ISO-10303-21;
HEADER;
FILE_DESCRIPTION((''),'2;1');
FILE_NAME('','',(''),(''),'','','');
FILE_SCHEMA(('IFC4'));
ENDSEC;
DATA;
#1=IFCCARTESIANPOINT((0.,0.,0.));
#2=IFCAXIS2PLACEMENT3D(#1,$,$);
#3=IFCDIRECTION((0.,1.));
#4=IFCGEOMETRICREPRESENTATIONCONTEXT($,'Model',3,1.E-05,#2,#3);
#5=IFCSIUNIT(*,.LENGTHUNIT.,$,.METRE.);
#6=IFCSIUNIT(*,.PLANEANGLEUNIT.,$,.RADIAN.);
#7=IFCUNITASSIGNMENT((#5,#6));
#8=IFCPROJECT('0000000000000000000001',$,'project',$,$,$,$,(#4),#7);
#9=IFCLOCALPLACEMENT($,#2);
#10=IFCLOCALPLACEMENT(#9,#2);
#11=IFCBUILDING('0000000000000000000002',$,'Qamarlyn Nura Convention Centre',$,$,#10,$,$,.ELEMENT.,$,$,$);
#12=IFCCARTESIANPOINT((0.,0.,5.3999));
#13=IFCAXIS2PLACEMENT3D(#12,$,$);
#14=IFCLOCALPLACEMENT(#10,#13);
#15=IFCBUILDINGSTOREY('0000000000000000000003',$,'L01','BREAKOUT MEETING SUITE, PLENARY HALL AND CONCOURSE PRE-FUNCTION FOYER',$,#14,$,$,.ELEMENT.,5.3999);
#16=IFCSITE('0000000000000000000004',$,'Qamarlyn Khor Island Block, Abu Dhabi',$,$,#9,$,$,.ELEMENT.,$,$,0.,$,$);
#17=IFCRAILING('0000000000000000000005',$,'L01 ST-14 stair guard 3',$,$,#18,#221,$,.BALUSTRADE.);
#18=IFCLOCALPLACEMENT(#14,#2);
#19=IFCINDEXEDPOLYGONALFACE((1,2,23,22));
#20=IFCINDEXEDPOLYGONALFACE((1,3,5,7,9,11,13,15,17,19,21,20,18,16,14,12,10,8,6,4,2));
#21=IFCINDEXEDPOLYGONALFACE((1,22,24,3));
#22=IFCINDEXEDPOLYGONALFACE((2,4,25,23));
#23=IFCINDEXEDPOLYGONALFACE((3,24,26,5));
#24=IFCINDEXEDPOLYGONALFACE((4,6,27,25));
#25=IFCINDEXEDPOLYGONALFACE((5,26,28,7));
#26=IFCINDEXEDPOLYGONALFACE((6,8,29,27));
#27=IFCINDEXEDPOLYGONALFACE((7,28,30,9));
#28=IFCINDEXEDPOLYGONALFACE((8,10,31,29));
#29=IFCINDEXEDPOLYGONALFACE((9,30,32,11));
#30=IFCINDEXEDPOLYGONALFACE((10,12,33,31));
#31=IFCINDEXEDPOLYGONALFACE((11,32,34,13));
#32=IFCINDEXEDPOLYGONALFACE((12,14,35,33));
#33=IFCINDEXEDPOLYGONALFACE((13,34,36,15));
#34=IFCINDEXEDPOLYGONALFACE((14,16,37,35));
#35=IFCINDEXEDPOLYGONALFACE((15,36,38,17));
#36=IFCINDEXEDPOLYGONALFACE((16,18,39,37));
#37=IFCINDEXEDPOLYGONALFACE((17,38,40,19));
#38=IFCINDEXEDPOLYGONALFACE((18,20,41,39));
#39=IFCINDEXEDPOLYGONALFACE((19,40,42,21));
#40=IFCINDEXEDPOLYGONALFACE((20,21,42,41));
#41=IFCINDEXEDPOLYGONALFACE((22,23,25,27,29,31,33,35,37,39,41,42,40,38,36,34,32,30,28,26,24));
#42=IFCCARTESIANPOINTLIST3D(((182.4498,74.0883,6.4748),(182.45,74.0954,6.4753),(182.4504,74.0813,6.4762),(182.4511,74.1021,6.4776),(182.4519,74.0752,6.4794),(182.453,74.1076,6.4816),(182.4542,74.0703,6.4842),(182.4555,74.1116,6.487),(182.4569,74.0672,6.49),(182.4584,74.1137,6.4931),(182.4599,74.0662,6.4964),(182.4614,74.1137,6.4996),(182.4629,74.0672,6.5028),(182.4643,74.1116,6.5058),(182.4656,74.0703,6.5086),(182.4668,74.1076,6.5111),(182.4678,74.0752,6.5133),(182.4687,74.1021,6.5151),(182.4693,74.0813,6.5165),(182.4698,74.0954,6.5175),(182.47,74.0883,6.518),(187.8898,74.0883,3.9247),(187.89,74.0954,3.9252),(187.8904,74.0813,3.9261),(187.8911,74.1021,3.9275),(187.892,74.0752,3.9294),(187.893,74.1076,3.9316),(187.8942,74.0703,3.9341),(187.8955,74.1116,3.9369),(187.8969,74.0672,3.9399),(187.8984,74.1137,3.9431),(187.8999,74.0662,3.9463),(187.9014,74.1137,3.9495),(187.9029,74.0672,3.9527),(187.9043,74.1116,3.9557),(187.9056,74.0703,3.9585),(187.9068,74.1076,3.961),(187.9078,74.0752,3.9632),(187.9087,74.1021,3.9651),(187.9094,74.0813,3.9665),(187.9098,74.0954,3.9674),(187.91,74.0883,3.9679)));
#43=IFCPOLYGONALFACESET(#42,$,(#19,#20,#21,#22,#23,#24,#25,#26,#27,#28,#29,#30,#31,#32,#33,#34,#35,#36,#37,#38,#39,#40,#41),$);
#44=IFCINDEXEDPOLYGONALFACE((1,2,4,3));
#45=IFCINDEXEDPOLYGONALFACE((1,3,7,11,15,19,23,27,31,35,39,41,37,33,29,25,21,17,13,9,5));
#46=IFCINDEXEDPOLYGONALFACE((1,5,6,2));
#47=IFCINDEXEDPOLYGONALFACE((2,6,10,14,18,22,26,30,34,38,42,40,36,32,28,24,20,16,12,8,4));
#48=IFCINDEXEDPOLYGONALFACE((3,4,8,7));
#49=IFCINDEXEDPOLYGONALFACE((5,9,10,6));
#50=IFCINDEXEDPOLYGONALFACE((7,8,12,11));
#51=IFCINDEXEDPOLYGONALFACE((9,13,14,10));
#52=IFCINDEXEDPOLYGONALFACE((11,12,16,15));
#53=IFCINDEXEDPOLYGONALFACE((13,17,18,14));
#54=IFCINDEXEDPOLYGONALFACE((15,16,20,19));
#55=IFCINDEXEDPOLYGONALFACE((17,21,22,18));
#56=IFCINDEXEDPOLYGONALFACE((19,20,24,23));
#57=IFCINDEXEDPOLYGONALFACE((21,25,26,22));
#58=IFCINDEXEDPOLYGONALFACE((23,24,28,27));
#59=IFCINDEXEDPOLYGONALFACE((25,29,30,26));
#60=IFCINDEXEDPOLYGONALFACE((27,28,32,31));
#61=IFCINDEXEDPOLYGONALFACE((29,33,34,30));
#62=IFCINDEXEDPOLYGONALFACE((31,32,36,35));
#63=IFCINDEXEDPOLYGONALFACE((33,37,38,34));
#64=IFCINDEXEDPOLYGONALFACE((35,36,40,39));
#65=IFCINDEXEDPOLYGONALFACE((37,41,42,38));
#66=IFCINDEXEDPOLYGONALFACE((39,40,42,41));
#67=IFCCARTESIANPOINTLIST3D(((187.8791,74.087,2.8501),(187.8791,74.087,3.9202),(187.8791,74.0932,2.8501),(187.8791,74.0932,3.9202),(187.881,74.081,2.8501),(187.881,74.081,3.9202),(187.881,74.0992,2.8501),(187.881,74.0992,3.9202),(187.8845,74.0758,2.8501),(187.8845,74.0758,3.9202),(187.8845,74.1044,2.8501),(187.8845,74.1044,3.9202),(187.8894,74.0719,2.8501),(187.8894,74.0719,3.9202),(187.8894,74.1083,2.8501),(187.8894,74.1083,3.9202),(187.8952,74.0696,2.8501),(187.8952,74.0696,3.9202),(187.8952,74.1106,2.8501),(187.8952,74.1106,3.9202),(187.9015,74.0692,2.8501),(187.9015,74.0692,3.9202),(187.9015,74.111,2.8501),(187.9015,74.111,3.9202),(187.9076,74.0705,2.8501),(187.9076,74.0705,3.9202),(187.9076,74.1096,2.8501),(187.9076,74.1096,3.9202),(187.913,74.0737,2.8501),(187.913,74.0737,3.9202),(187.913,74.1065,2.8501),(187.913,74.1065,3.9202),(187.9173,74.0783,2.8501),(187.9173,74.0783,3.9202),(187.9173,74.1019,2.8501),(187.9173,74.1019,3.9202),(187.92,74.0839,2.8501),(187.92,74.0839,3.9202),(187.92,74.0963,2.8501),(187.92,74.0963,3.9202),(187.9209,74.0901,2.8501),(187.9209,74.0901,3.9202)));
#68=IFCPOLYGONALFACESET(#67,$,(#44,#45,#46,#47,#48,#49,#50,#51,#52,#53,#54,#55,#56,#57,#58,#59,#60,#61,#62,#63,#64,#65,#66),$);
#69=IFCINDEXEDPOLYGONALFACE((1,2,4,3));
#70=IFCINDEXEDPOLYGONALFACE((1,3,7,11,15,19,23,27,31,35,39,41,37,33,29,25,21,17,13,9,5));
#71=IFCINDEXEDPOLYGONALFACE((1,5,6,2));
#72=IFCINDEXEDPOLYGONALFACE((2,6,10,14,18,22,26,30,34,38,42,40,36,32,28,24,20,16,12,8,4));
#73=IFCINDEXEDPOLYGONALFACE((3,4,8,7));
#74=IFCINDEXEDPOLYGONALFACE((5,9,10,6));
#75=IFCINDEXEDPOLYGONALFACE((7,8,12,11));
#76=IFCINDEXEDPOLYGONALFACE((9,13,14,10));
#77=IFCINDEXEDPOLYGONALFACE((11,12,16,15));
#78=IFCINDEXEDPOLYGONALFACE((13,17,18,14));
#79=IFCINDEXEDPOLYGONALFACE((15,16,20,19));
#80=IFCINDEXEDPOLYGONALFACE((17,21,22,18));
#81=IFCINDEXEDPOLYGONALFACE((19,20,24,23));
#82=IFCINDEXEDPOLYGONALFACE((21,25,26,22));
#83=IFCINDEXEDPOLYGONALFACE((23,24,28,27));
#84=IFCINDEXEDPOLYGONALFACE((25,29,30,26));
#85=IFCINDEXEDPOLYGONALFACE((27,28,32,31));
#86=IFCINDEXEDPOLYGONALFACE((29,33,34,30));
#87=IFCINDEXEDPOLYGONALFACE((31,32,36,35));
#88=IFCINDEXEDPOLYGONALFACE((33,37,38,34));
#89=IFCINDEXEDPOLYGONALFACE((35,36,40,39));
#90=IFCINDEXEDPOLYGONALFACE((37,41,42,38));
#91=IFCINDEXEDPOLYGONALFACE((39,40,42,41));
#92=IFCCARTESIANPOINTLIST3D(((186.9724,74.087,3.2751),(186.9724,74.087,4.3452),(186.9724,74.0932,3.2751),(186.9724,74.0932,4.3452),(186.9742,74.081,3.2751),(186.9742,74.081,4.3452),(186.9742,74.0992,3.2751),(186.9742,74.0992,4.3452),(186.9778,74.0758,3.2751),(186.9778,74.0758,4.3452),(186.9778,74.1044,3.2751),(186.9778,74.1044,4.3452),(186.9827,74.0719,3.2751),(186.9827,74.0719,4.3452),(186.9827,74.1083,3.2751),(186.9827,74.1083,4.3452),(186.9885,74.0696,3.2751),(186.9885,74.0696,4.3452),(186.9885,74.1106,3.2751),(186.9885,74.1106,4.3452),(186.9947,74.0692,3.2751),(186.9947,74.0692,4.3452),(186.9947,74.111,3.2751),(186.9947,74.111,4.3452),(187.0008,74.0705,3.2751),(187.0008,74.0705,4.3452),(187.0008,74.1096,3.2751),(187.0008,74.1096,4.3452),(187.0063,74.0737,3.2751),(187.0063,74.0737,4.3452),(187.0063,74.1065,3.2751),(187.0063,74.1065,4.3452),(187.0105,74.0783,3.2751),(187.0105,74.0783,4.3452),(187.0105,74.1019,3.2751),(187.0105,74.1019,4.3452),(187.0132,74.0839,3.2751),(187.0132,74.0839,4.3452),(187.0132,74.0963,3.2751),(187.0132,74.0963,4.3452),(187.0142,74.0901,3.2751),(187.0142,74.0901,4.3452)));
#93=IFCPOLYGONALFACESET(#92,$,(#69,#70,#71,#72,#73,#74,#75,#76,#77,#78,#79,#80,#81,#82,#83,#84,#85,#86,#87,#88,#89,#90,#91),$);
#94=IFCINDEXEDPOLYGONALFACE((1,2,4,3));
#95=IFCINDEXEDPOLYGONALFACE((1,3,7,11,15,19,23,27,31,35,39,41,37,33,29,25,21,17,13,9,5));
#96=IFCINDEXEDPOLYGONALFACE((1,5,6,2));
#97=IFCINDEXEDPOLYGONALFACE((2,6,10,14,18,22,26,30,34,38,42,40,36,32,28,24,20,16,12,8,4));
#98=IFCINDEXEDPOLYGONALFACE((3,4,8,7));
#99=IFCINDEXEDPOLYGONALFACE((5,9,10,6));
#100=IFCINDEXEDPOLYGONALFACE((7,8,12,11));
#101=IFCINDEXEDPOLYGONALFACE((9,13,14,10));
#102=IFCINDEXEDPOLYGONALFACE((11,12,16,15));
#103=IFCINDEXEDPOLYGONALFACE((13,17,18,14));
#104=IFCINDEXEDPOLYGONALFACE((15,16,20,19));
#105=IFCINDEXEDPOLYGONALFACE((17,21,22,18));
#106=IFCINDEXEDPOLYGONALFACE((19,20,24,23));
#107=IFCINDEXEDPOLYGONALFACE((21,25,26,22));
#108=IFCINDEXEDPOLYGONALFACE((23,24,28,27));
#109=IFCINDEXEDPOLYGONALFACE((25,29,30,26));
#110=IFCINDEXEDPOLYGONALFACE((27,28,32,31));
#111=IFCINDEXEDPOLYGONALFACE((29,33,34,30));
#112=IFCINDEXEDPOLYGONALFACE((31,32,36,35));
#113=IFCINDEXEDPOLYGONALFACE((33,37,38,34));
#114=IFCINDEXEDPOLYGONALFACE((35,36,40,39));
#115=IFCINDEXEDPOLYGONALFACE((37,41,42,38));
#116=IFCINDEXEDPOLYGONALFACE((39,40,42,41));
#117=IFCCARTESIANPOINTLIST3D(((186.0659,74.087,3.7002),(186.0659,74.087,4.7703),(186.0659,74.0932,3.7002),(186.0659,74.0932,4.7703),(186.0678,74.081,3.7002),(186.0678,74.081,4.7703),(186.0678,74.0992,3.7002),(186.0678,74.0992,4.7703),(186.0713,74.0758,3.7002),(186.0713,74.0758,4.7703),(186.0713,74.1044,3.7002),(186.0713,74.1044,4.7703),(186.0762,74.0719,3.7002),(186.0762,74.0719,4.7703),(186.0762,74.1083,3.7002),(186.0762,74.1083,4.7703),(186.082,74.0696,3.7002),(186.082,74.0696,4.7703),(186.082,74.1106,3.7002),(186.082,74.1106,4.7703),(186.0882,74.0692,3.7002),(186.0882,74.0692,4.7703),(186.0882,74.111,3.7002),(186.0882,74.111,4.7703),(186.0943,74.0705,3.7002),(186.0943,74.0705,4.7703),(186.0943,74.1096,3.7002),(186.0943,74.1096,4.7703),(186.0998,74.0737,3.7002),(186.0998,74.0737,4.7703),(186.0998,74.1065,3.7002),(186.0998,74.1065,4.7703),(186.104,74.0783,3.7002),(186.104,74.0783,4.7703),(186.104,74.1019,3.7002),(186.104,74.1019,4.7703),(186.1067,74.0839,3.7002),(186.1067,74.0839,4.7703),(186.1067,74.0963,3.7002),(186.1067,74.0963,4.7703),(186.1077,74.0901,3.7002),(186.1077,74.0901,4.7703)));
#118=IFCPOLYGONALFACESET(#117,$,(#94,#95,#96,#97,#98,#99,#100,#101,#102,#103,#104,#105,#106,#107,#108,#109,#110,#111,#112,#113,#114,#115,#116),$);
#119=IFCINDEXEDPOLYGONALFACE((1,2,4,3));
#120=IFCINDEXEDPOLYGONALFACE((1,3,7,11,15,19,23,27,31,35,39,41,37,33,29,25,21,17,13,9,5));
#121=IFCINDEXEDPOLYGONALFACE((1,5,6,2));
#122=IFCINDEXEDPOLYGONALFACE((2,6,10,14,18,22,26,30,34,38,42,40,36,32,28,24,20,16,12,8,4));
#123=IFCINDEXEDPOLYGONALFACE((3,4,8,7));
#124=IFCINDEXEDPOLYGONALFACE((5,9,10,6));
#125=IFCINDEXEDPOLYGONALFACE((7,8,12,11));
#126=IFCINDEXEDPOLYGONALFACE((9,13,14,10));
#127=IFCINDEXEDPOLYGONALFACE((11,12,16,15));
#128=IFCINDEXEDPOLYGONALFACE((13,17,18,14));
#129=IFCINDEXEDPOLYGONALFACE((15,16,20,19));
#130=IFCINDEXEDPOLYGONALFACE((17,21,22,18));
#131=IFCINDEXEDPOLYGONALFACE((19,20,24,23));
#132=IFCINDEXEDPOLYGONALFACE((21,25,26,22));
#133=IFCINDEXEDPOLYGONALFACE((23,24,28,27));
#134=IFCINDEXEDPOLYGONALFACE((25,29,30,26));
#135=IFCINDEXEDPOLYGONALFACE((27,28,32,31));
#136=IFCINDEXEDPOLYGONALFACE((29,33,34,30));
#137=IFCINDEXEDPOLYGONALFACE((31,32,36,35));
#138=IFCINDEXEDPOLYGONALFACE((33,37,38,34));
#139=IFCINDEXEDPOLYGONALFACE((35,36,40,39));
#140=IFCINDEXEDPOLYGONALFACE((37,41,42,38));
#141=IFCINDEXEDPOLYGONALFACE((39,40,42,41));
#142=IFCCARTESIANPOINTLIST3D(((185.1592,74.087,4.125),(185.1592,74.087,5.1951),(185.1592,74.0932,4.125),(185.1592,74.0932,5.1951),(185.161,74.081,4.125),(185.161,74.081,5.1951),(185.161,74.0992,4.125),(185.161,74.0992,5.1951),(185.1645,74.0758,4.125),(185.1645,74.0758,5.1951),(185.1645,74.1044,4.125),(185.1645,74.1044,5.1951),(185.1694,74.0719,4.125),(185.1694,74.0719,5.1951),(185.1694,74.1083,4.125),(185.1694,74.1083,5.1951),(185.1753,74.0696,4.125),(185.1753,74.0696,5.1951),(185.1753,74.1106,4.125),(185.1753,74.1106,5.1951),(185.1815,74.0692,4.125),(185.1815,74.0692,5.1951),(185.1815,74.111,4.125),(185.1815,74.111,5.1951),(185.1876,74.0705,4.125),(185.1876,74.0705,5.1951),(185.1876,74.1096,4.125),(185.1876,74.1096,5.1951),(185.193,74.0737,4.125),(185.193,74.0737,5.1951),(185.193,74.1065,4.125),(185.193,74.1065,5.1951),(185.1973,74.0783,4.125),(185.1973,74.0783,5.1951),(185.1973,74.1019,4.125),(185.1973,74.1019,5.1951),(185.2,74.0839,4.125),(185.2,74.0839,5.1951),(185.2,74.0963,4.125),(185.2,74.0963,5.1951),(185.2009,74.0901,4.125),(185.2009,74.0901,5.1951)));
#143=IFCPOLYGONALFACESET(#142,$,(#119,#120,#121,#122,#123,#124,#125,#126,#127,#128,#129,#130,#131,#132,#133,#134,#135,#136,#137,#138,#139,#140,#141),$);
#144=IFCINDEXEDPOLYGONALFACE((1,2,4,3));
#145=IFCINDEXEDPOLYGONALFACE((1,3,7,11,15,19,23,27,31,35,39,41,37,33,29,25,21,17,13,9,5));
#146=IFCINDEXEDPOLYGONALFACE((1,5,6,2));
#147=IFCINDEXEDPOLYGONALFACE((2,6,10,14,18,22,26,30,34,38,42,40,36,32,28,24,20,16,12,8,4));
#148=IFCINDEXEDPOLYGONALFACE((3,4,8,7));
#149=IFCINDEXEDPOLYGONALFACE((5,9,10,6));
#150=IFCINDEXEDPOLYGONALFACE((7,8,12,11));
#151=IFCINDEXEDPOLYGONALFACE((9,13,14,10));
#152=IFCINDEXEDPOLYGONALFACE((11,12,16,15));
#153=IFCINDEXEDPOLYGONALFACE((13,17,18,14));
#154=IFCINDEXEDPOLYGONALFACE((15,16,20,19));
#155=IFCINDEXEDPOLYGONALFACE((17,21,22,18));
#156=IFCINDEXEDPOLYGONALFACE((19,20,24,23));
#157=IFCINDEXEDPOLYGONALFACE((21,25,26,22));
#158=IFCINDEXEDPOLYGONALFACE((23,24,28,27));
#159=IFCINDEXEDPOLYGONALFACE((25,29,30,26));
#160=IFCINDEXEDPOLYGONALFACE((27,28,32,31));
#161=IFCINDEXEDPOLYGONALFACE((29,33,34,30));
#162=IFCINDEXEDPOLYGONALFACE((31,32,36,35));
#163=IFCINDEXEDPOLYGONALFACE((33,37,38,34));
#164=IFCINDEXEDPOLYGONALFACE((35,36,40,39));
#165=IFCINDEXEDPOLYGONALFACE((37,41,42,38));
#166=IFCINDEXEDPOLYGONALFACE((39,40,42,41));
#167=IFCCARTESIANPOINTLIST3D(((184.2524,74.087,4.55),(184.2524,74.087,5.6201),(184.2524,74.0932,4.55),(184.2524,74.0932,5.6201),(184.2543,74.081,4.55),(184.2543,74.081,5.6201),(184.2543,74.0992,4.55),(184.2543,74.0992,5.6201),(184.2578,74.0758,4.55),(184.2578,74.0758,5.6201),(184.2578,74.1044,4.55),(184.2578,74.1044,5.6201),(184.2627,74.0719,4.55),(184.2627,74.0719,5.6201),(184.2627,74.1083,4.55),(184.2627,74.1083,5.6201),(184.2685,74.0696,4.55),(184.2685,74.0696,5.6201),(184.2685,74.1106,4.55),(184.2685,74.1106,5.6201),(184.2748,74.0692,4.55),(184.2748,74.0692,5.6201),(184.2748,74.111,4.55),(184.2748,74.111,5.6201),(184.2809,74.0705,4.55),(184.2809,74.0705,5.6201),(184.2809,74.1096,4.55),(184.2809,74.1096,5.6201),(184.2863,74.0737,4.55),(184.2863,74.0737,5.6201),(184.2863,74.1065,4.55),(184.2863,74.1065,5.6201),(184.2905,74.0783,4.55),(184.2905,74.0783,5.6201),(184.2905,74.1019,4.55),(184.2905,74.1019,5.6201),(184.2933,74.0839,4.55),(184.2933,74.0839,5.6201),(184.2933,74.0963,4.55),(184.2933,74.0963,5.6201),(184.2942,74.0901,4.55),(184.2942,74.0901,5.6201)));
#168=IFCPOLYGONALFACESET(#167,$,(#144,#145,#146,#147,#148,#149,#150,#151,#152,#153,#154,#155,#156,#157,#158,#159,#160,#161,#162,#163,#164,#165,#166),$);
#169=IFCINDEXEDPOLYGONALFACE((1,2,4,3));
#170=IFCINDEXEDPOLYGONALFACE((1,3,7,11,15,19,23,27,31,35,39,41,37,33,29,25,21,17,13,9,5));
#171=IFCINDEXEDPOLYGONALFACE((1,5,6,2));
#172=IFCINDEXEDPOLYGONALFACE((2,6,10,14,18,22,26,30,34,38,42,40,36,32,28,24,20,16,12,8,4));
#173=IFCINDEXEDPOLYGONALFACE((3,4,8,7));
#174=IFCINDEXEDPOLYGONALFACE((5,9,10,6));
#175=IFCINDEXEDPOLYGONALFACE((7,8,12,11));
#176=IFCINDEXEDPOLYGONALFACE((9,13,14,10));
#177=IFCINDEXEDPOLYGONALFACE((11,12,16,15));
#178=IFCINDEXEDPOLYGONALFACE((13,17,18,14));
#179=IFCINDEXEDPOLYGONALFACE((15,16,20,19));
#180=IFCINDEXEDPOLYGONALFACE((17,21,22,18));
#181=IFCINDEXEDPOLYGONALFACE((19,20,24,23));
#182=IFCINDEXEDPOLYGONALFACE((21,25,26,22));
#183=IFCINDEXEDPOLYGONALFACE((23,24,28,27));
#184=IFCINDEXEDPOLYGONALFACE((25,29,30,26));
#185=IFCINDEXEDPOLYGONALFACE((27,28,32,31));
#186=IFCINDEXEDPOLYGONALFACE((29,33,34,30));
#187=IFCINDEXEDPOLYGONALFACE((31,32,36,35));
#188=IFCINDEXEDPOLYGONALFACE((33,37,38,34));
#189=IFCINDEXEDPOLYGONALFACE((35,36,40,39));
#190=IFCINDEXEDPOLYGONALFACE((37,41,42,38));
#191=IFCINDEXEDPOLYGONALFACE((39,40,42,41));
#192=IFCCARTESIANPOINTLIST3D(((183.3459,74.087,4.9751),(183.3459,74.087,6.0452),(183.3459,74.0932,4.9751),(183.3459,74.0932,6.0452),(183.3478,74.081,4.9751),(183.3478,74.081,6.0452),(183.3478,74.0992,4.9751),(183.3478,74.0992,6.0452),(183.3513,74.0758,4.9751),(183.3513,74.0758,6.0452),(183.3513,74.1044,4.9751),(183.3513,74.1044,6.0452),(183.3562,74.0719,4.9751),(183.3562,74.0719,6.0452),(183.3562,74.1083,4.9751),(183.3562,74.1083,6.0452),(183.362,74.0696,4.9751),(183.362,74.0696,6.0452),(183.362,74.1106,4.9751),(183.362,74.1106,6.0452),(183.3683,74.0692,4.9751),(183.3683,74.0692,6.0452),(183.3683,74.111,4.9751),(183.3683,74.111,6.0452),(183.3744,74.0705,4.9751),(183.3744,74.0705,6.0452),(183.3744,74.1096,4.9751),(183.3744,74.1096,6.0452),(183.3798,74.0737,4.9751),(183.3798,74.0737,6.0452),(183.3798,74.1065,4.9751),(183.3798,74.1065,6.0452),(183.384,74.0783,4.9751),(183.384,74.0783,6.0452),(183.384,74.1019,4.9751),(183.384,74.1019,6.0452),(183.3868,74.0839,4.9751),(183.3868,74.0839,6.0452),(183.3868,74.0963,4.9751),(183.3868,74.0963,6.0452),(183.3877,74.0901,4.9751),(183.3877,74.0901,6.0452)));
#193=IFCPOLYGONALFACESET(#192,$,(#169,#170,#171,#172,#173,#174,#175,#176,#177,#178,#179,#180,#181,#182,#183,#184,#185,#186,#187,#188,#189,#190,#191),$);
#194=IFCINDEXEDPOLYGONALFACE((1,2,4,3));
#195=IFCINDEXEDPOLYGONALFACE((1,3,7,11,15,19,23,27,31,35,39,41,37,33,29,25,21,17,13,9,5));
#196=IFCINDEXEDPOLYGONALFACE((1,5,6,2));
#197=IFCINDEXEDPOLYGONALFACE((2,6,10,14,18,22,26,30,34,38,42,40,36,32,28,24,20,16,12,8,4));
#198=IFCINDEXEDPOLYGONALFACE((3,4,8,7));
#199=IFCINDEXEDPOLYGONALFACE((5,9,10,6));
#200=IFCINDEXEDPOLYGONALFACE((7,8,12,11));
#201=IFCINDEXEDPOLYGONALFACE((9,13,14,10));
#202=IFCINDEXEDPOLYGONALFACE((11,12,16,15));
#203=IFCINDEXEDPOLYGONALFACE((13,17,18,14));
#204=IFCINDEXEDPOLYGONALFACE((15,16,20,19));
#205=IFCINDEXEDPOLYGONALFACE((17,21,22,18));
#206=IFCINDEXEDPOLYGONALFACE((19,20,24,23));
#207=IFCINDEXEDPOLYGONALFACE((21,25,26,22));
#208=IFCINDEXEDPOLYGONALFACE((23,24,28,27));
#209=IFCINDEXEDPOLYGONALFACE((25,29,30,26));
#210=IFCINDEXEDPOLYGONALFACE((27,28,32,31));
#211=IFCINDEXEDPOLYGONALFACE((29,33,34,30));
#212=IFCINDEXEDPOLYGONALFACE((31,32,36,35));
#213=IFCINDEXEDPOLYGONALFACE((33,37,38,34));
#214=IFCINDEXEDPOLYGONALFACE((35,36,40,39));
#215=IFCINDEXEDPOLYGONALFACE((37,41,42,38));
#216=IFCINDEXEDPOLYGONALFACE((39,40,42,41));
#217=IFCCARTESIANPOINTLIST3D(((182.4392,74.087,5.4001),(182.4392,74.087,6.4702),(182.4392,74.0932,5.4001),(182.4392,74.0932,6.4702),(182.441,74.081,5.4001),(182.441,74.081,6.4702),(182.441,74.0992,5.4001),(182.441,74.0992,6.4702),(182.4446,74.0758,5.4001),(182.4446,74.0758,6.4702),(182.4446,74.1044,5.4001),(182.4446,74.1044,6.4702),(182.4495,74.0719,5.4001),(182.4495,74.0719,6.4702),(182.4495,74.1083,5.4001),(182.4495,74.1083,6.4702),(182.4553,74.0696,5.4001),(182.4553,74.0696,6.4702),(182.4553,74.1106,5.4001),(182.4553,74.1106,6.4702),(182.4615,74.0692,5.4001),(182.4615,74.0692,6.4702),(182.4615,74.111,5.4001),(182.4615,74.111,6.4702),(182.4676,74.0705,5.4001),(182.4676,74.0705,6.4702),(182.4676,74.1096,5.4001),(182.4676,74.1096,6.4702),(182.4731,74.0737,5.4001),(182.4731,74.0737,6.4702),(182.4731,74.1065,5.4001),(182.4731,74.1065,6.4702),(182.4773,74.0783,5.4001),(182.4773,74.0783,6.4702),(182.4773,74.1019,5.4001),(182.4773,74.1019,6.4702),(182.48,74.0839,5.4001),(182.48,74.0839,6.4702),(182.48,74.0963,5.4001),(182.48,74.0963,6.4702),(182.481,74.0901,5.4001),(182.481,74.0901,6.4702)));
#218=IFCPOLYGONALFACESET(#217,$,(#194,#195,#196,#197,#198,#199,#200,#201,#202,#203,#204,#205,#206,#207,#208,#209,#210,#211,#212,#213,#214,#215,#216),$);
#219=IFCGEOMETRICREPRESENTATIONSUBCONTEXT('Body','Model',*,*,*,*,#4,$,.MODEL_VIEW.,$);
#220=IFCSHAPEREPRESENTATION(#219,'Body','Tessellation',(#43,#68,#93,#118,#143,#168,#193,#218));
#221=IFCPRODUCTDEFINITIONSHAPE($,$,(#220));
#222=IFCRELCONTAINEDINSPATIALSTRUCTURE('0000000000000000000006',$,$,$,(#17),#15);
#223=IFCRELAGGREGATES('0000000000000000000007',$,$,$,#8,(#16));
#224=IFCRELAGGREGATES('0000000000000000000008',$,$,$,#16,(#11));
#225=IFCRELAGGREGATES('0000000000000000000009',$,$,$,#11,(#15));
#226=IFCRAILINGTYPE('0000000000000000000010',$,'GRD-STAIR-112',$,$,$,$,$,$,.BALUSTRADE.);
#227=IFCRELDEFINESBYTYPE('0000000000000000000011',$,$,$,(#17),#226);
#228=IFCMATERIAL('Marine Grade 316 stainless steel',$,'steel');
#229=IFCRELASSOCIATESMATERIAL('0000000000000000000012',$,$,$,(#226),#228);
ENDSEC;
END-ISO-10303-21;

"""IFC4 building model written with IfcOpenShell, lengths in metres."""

from ifc_helpers import new_model, si_unit, direction, frame, origin, origin_2d, place, context, subcontext, project, spatial, circle, extrude, material, type_object, element, save


model = new_model("IFC4")

# Units and contexts
model_context = context("Model", 3, precision=1e-05, world=origin(), true_north=direction((0.0, 1.0)))
body_context = subcontext(model_context, "Body", "Model", "MODEL_VIEW")
ifc_project = project(units=[si_unit("LENGTHUNIT", "METRE"), si_unit("PLANEANGLEUNIT", "RADIAN")], contexts=[model_context])

# Site, building, storey
site_placement = place(None, origin())
site = spatial("IfcSite", under=ifc_project, at=site_placement, Name="Qamarlyn Khor Island Block, Abu Dhabi", CompositionType="ELEMENT", RefElevation=0.0)
building_placement = place(site_placement, origin())
building = spatial("IfcBuilding", under=site, at=building_placement, Name="Qamarlyn Nura Convention Centre", CompositionType="ELEMENT")
storey_placement = place(building_placement, frame((0.0, 0.0, 5.3999)))
storey = spatial("IfcBuildingStorey", under=building, at=storey_placement, Name="L01", Description="BREAKOUT MEETING SUITE, PLENARY HALL AND CONCOURSE PRE-FUNCTION FOYER", CompositionType="ELEMENT", Elevation=5.3999)

# Railing
ifc_material_1 = material(Name="Marine Grade 316 stainless steel", Category="steel")
railing_type_1 = type_object("IfcRailingType", Name="GRD-STAIR-112", PredefinedType="BALUSTRADE", material=ifc_material_1)
railing_1_placement = place(storey_placement, frame((187.8999, 74.0901, 2.8501)))
element("IfcRailing", 1, at=railing_1_placement, inside=storey, type_object=railing_type_1, Name="L01 ST-14 stair guard 3", PredefinedType="BALUSTRADE", context=body_context, shape_type="SweptSolid", body=[
    extrude(circle(Radius=0.0239, at=origin_2d()), frame((0.0, 0.0, 1.0962), z_axis=(-0.905454, 0.0, 0.424444), x_axis=(0.0, -1.0, 0.0)), (0.0, 0.0, 1.0), 6.0081),
    extrude(circle(Radius=0.021, at=origin_2d()), origin(), (0.0, 0.0, 1.0), 1.0701),
    extrude(circle(Radius=0.021, at=origin_2d()), frame((-0.9067, 0.0, 0.425)), (0.0, 0.0, 1.0), 1.0701),
    extrude(circle(Radius=0.021, at=origin_2d()), frame((-1.8132, 0.0, 0.8501)), (0.0, 0.0, 1.0), 1.0701),
    extrude(circle(Radius=0.021, at=origin_2d()), frame((-2.72, 0.0, 1.2749)), (0.0, 0.0, 1.0), 1.0701),
    extrude(circle(Radius=0.021, at=origin_2d()), frame((-3.6267, 0.0, 1.7)), (0.0, 0.0, 1.0), 1.0701),
    extrude(circle(Radius=0.021, at=origin_2d()), frame((-4.5332, 0.0, 2.125)), (0.0, 0.0, 1.0), 1.0701),
    extrude(circle(Radius=0.021, at=origin_2d()), frame((-5.4399, 0.0, 2.55)), (0.0, 0.0, 1.0), 1.0701),
])

save(model, "model.ifc")
